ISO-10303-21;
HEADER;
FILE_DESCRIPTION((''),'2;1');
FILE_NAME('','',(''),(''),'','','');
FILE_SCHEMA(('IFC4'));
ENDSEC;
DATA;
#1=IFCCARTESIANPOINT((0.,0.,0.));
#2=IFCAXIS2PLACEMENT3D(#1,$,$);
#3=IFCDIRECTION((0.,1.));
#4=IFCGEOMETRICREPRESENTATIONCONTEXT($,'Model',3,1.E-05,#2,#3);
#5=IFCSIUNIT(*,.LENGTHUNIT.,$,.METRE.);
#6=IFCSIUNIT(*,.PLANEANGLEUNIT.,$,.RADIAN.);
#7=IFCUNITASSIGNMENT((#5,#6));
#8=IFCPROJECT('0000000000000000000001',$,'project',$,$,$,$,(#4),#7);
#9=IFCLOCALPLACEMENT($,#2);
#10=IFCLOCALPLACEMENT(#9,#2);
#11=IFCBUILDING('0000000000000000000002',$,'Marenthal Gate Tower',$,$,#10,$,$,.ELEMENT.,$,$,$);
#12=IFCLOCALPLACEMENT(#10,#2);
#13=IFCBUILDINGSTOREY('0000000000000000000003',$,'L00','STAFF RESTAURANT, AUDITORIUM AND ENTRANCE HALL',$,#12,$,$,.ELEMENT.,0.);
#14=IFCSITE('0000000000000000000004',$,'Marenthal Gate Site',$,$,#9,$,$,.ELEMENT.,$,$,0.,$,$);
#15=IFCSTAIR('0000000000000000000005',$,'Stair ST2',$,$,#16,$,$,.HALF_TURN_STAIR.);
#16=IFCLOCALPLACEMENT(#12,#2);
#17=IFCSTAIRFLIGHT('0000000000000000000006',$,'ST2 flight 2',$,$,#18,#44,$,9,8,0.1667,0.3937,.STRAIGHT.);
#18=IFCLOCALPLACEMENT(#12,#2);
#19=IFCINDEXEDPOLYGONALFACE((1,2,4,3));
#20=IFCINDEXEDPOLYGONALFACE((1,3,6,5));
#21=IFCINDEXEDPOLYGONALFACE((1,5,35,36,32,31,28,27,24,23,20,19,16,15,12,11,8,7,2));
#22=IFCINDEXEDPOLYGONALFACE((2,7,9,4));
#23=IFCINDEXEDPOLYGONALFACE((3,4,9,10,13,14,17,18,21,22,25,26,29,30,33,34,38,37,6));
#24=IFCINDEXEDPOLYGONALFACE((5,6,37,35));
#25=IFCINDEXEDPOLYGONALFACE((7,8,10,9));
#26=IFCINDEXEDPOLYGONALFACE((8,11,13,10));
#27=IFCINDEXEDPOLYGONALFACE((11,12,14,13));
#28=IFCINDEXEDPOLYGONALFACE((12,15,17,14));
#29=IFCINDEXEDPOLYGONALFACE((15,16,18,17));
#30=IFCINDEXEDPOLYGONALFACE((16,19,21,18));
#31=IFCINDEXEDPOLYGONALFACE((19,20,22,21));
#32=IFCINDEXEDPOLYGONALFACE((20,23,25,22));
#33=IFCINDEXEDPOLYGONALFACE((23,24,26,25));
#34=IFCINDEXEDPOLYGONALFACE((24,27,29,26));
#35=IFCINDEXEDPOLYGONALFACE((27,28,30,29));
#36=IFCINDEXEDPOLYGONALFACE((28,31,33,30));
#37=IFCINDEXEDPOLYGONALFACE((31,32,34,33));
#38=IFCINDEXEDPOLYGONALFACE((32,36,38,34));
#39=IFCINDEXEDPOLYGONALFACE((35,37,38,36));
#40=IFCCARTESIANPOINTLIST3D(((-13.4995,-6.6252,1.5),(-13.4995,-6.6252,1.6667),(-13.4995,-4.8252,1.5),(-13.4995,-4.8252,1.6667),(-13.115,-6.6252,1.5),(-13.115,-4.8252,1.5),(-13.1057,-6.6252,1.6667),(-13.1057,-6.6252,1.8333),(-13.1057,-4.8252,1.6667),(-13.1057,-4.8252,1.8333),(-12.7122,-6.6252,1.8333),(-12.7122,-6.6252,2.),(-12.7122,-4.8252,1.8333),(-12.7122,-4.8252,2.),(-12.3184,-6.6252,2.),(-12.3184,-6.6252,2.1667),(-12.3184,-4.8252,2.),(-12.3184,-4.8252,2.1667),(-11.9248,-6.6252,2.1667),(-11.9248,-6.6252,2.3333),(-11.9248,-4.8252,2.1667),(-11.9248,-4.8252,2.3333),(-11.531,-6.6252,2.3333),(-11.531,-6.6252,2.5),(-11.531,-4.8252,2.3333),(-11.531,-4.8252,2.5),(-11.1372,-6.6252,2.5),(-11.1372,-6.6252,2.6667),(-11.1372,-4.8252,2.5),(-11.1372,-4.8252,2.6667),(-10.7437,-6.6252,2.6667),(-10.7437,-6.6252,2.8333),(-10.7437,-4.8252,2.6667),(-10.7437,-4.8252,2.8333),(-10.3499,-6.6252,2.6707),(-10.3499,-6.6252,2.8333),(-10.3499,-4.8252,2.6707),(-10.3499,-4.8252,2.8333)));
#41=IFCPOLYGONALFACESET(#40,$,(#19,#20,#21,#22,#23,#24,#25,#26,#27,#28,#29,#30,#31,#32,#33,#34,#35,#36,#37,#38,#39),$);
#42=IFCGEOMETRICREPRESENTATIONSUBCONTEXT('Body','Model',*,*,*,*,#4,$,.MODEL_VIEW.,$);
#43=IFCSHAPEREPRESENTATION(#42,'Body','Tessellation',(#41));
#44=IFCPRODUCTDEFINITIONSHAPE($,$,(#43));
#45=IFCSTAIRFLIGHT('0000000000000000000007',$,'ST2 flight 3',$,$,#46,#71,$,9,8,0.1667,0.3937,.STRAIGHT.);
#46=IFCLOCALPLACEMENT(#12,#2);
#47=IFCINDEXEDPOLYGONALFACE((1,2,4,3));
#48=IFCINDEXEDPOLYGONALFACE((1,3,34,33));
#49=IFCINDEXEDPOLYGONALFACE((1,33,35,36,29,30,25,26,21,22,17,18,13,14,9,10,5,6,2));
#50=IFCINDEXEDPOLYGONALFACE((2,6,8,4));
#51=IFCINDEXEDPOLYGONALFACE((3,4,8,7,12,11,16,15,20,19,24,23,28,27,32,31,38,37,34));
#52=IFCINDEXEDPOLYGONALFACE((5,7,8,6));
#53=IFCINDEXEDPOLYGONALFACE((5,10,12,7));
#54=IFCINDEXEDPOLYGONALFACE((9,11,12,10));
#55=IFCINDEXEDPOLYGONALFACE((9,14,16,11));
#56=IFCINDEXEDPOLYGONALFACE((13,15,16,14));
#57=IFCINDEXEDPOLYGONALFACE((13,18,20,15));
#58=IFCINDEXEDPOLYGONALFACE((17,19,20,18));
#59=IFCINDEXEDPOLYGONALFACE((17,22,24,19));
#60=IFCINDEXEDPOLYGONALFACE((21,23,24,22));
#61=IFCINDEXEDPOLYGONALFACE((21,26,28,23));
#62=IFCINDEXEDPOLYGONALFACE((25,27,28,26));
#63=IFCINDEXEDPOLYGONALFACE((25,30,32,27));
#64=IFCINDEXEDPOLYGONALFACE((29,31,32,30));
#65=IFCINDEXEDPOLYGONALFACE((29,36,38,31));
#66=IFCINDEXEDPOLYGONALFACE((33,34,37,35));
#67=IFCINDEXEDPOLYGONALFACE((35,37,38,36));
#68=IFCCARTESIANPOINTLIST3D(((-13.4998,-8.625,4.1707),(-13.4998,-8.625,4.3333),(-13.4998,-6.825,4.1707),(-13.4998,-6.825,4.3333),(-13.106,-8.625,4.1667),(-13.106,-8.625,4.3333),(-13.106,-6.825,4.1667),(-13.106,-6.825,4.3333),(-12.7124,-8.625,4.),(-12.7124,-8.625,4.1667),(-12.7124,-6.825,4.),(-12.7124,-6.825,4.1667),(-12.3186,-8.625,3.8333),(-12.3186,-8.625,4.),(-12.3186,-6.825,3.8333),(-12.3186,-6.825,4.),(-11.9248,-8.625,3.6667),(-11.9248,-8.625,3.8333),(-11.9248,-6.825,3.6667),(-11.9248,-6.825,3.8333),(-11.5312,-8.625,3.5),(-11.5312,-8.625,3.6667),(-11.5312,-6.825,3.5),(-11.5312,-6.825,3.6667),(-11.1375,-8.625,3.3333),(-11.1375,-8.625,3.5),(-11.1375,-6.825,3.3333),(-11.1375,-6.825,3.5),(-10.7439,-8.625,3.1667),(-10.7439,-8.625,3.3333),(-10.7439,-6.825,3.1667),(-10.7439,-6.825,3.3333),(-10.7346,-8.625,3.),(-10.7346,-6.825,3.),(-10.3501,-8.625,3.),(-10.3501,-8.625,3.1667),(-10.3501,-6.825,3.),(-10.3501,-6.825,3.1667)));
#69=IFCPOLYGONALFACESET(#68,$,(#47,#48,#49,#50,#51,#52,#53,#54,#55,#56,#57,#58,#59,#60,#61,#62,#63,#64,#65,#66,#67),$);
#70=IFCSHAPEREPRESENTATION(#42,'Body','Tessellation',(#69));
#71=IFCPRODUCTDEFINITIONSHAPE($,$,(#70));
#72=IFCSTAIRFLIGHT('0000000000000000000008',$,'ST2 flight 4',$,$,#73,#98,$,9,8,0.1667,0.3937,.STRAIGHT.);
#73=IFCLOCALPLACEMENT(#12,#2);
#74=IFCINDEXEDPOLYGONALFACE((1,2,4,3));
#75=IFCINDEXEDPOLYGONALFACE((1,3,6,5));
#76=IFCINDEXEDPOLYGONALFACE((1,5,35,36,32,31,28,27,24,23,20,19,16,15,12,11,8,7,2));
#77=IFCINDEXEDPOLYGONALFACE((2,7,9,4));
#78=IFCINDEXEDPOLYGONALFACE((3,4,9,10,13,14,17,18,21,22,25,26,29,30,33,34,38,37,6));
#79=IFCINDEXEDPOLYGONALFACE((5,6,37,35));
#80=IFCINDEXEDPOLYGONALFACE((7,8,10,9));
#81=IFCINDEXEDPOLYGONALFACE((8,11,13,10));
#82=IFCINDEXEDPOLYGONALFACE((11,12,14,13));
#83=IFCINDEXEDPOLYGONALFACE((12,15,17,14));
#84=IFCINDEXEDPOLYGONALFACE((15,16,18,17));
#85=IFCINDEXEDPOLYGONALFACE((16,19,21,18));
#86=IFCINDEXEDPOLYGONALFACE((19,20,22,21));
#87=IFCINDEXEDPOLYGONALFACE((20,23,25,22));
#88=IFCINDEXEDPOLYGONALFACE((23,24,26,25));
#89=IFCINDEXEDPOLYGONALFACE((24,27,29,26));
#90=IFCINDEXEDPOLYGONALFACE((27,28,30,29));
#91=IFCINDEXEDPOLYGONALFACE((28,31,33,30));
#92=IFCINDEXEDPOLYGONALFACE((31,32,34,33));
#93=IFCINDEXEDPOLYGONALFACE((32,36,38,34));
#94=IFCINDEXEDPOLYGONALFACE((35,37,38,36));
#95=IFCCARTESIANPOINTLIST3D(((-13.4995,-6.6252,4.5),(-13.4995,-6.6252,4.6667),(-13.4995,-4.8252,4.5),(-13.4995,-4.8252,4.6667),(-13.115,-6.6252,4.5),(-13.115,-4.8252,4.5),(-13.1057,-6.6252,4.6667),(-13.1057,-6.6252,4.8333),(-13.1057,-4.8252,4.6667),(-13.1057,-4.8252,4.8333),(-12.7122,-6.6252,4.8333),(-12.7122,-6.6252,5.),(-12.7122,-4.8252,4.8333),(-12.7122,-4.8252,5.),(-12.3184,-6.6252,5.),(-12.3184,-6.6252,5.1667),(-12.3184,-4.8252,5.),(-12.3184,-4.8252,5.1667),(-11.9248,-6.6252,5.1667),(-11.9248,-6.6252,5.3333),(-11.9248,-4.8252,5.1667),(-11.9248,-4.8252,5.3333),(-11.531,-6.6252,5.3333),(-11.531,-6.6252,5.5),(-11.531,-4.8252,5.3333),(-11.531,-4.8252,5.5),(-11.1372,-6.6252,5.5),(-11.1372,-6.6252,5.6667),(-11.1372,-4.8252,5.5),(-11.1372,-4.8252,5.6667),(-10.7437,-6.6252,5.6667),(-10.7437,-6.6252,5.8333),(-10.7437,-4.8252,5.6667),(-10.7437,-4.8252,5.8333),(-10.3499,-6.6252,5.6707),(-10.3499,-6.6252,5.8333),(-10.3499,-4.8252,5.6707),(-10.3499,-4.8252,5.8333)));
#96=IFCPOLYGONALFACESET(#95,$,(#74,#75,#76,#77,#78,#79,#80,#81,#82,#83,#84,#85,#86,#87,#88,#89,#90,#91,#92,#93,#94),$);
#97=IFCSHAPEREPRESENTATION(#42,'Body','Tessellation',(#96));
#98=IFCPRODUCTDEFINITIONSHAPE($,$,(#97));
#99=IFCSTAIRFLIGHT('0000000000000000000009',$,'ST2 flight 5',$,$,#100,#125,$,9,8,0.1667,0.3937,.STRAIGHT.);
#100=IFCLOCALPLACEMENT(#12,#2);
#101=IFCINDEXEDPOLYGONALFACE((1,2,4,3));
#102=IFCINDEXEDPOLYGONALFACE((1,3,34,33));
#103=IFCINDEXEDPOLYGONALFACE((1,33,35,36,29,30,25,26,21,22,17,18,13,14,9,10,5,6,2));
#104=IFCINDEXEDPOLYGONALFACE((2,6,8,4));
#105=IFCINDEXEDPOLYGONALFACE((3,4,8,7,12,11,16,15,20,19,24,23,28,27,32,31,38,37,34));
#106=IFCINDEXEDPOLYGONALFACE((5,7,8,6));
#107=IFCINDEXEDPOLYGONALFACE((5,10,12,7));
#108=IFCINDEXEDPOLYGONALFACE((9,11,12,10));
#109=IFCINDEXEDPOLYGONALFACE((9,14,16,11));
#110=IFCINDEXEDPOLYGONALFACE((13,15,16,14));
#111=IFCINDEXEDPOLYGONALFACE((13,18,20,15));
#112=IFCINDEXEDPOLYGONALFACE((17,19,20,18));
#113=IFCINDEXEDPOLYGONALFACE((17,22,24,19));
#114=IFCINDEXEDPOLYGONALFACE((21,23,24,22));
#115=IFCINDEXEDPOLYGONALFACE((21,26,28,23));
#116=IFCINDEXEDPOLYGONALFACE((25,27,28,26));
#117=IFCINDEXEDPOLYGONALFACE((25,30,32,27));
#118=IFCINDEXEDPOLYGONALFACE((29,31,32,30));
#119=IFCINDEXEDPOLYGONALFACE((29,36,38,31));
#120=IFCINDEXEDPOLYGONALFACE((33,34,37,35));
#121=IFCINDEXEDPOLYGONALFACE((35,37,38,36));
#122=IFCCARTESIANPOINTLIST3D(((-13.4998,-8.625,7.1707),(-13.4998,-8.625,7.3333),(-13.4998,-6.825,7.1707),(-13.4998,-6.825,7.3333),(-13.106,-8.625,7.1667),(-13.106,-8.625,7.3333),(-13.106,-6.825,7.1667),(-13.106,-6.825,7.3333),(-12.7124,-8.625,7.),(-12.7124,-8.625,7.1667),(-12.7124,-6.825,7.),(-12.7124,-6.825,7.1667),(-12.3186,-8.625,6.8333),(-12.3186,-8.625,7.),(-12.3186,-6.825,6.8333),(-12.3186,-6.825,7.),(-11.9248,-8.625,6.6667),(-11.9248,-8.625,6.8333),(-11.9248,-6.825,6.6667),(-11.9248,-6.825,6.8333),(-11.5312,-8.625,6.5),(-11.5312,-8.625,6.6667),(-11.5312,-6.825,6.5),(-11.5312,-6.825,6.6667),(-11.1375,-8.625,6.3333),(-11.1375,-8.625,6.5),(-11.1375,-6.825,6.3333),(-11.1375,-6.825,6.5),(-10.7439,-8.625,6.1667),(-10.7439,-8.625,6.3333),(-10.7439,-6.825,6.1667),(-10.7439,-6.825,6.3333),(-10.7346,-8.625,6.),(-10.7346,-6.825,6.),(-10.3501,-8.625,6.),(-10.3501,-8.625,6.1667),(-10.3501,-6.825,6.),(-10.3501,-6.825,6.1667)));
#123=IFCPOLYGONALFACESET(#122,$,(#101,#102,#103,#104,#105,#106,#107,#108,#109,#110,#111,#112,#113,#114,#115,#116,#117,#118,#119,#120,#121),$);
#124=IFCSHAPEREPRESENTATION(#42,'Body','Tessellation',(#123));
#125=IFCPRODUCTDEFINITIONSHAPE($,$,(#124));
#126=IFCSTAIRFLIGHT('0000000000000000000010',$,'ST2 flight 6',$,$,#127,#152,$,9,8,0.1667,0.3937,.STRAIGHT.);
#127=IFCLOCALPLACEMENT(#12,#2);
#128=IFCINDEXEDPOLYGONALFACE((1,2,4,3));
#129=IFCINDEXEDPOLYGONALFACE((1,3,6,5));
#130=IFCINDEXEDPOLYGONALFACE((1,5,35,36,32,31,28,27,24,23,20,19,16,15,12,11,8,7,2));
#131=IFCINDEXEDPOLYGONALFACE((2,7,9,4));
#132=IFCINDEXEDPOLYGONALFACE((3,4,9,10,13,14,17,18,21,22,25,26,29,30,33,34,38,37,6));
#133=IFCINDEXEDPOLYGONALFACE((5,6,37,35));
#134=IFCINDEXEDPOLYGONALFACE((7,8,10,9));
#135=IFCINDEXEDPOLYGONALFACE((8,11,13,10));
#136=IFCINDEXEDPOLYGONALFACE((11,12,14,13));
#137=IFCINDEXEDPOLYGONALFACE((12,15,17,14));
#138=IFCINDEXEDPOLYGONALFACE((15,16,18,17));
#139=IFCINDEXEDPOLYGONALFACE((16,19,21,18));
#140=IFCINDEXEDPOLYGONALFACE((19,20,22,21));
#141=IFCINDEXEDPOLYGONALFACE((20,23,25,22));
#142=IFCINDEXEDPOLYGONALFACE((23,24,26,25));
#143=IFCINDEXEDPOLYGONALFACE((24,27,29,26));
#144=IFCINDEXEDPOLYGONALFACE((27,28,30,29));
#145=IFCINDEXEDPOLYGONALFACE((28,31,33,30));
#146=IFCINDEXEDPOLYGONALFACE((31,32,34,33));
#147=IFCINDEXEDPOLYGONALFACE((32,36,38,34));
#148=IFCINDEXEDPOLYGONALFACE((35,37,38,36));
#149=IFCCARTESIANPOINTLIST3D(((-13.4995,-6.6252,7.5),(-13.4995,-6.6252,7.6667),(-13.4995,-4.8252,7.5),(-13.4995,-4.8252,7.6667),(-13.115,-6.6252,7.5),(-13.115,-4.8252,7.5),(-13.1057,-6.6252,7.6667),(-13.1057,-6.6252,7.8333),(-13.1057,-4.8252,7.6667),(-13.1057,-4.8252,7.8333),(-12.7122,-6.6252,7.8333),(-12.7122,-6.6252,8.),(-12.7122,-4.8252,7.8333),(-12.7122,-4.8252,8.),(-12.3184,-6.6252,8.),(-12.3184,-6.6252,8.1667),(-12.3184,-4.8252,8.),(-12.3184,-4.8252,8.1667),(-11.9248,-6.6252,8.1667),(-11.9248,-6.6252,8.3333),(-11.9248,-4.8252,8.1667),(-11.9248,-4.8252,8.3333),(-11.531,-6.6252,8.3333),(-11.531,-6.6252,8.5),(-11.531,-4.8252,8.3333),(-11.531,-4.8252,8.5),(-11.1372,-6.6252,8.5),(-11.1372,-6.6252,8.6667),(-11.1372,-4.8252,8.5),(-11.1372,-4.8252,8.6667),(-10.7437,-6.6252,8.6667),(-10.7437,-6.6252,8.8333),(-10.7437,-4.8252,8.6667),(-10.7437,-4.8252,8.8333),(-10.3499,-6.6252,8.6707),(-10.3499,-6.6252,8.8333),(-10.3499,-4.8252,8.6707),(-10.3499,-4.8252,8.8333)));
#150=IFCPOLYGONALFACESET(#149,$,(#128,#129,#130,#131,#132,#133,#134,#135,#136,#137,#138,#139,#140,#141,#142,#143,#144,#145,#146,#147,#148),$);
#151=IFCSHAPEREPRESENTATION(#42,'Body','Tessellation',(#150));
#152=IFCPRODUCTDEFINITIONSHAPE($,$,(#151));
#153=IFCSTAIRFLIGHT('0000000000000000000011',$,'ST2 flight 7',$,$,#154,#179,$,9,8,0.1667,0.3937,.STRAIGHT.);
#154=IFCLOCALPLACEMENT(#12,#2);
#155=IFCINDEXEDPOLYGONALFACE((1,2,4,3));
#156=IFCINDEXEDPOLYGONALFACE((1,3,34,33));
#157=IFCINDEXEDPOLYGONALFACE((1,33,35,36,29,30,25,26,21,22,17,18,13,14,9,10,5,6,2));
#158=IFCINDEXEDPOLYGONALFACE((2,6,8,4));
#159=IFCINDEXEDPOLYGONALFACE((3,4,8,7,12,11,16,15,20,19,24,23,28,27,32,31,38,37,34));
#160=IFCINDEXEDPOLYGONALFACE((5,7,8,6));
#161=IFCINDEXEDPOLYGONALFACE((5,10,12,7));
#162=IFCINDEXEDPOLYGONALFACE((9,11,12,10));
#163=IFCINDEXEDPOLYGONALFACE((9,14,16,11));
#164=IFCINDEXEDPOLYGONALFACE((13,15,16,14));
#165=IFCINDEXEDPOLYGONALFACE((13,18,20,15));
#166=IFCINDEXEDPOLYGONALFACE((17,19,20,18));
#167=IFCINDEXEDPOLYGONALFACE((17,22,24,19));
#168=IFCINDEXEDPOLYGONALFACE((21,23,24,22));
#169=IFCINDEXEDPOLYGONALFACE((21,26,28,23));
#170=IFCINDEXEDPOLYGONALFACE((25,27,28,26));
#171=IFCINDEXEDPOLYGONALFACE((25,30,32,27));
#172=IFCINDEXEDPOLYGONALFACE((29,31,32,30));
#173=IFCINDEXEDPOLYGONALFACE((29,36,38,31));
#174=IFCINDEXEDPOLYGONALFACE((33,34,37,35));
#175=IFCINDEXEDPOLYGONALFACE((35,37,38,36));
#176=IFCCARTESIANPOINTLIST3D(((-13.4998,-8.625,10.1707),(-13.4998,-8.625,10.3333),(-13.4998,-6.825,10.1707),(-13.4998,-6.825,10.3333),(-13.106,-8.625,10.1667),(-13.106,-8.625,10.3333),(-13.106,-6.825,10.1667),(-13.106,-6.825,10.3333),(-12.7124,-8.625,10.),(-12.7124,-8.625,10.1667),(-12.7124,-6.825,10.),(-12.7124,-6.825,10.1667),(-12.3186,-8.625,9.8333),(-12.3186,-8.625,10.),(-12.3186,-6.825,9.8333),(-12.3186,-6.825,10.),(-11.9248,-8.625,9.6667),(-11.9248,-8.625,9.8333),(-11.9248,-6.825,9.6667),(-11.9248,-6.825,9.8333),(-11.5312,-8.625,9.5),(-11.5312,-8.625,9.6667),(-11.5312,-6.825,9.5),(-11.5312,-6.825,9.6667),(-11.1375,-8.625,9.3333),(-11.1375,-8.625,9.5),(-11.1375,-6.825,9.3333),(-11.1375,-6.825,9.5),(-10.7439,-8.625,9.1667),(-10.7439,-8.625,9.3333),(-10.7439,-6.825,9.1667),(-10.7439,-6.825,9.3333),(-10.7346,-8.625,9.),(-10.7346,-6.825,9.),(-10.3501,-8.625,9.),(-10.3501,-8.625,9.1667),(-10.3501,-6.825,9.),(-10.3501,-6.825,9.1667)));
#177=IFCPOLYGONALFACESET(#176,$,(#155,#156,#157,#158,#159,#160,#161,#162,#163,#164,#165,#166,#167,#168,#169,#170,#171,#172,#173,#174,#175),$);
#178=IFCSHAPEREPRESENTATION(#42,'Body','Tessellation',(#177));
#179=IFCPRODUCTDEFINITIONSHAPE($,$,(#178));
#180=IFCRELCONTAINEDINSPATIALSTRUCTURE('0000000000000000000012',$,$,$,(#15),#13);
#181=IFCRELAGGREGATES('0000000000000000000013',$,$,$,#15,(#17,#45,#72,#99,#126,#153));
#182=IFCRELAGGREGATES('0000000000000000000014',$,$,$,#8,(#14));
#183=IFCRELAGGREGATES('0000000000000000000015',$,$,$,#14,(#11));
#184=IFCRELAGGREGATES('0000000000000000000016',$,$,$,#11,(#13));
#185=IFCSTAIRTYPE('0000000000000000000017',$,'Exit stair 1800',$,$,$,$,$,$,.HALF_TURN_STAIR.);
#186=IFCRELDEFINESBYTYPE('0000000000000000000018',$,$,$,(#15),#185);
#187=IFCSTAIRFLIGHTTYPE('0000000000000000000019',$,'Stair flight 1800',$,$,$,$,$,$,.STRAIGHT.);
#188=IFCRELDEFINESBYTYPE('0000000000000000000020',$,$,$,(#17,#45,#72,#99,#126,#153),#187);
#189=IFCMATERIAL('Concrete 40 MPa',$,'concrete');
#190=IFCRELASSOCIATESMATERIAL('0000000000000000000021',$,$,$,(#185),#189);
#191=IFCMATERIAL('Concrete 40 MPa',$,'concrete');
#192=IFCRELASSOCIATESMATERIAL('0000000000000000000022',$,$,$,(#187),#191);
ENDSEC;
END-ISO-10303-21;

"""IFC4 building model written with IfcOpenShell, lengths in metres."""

from ifc_helpers import new_model, si_unit, direction, frame, origin, place, context, subcontext, project, spatial, polyline, outline, extrude, material, type_object, element, aggregate, save


model = new_model("IFC4")

# Units and contexts
model_context = context("Model", 3, precision=1e-05, world=origin(), true_north=direction((0.0, 1.0)))
body_context = subcontext(model_context, "Body", "Model", "MODEL_VIEW")
ifc_project = project(units=[si_unit("LENGTHUNIT", "METRE"), si_unit("PLANEANGLEUNIT", "RADIAN")], contexts=[model_context])

# Site, building, storey
site_placement = place(None, origin())
site = spatial("IfcSite", under=ifc_project, at=site_placement, Name="Marenthal Gate Site", CompositionType="ELEMENT", RefElevation=0.0)
building_placement = place(site_placement, origin())
building = spatial("IfcBuilding", under=site, at=building_placement, Name="Marenthal Gate Tower", CompositionType="ELEMENT")
storey_placement = place(building_placement, origin())
storey = spatial("IfcBuildingStorey", under=building, at=storey_placement, Name="L00", Description="STAFF RESTAURANT, AUDITORIUM AND ENTRANCE HALL", CompositionType="ELEMENT", Elevation=0.0)

# Stair, stair flights
ifc_material_1 = material(Name="Concrete 40 MPa", Category="concrete")
stair_type = type_object("IfcStairType", Name="Exit stair 1800", PredefinedType="HALF_TURN_STAIR", material=ifc_material_1)
stair_placement = place(storey_placement, origin())
stair = element("IfcStair", 1, at=stair_placement, inside=storey, type_object=stair_type, Name="Stair ST2", PredefinedType="HALF_TURN_STAIR")
ifc_material_2 = material(Name="Concrete 40 MPa", Category="concrete")
stair_flight_type = type_object("IfcStairFlightType", Name="Stair flight 1800", PredefinedType="STRAIGHT", material=ifc_material_2)
stair_flight_1_placement = place(storey_placement, frame((-13.4995, -5.7251, 1.5), z_axis=(0.0, 0.0, 1.0), x_axis=(1.0, 0.0, 0.0)))
stair_flight_1 = element("IfcStairFlight", 2, at=stair_flight_1_placement, type_object=stair_flight_type, Name="ST2 flight 2", NumberOfRisers=9, NumberOfTreads=8, PredefinedType="STRAIGHT", RiserHeight=0.1667, TreadLength=0.3937, context=body_context, shape_type="SweptSolid", body=[
    extrude(outline(polyline([(0.0, 0.0), (0.0, 0.1667), (0.3938, 0.1667), (0.3938, 0.3333), (0.7874, 0.3333), (0.7874, 0.5), (1.1812, 0.5), (1.1812, 0.6667), (1.5747, 0.6667), (1.5747, 0.8333), (1.9685, 0.8333), (1.9685, 1.0), (2.3623, 1.0), (2.3623, 1.1667), (2.7559, 1.1667), (2.7559, 1.3333), (3.1497, 1.3333), (3.1497, 1.5), (3.1497, 1.1707), (0.3845, 0.0), (0.0, 0.0)])), frame((0.0, 0.8999, 0.0), z_axis=(0.0, -1.0, 0.0), x_axis=(1.0, 0.0, 0.0)), (0.0, 0.0, 1.0), 1.8),
])
stair_flight_2_placement = place(storey_placement, frame((-10.3501, -7.7251, 3.0), z_axis=(0.0, 0.0, 1.0), x_axis=(-1.0, 0.0, 0.0)))
stair_flight_2 = element("IfcStairFlight", 3, at=stair_flight_2_placement, type_object=stair_flight_type, Name="ST2 flight 3", NumberOfRisers=9, NumberOfTreads=8, PredefinedType="STRAIGHT", RiserHeight=0.1667, TreadLength=0.3937, context=body_context, shape_type="SweptSolid", body=[
    extrude(outline(polyline([(0.0, 0.0), (0.0, 0.1667), (0.3938, 0.1667), (0.3938, 0.3333), (0.7874, 0.3333), (0.7874, 0.5), (1.1812, 0.5), (1.1812, 0.6667), (1.5747, 0.6667), (1.5747, 0.8333), (1.9685, 0.8333), (1.9685, 1.0), (2.3623, 1.0), (2.3623, 1.1667), (2.7559, 1.1667), (2.7559, 1.3333), (3.1497, 1.3333), (3.1497, 1.5), (3.1497, 1.1707), (0.3845, 0.0), (0.0, 0.0)])), frame((0.0, 0.8999, 0.0), z_axis=(0.0, -1.0, 0.0), x_axis=(1.0, 0.0, 0.0)), (0.0, 0.0, 1.0), 1.8),
])
stair_flight_3_placement = place(storey_placement, frame((-13.4995, -5.7251, 4.5), z_axis=(0.0, 0.0, 1.0), x_axis=(1.0, 0.0, 0.0)))
stair_flight_3 = element("IfcStairFlight", 4, at=stair_flight_3_placement, type_object=stair_flight_type, Name="ST2 flight 4", NumberOfRisers=9, NumberOfTreads=8, PredefinedType="STRAIGHT", RiserHeight=0.1667, TreadLength=0.3937, context=body_context, shape_type="SweptSolid", body=[
    extrude(outline(polyline([(0.0, 0.0), (0.0, 0.1667), (0.3938, 0.1667), (0.3938, 0.3333), (0.7874, 0.3333), (0.7874, 0.5), (1.1812, 0.5), (1.1812, 0.6667), (1.5747, 0.6667), (1.5747, 0.8333), (1.9685, 0.8333), (1.9685, 1.0), (2.3623, 1.0), (2.3623, 1.1667), (2.7559, 1.1667), (2.7559, 1.3333), (3.1497, 1.3333), (3.1497, 1.5), (3.1497, 1.1707), (0.3845, 0.0), (0.0, 0.0)])), frame((0.0, 0.8999, 0.0), z_axis=(0.0, -1.0, 0.0), x_axis=(1.0, 0.0, 0.0)), (0.0, 0.0, 1.0), 1.8),
])
stair_flight_4_placement = place(storey_placement, frame((-10.3501, -7.7251, 6.0), z_axis=(0.0, 0.0, 1.0), x_axis=(-1.0, 0.0, 0.0)))
stair_flight_4 = element("IfcStairFlight", 5, at=stair_flight_4_placement, type_object=stair_flight_type, Name="ST2 flight 5", NumberOfRisers=9, NumberOfTreads=8, PredefinedType="STRAIGHT", RiserHeight=0.1667, TreadLength=0.3937, context=body_context, shape_type="SweptSolid", body=[
    extrude(outline(polyline([(0.0, 0.0), (0.0, 0.1667), (0.3938, 0.1667), (0.3938, 0.3333), (0.7874, 0.3333), (0.7874, 0.5), (1.1812, 0.5), (1.1812, 0.6667), (1.5747, 0.6667), (1.5747, 0.8333), (1.9685, 0.8333), (1.9685, 1.0), (2.3623, 1.0), (2.3623, 1.1667), (2.7559, 1.1667), (2.7559, 1.3333), (3.1497, 1.3333), (3.1497, 1.5), (3.1497, 1.1707), (0.3845, 0.0), (0.0, 0.0)])), frame((0.0, 0.8999, 0.0), z_axis=(0.0, -1.0, 0.0), x_axis=(1.0, 0.0, 0.0)), (0.0, 0.0, 1.0), 1.8),
])
stair_flight_5_placement = place(storey_placement, frame((-13.4995, -5.7251, 7.5), z_axis=(0.0, 0.0, 1.0), x_axis=(1.0, 0.0, 0.0)))
stair_flight_5 = element("IfcStairFlight", 6, at=stair_flight_5_placement, type_object=stair_flight_type, Name="ST2 flight 6", NumberOfRisers=9, NumberOfTreads=8, PredefinedType="STRAIGHT", RiserHeight=0.1667, TreadLength=0.3937, context=body_context, shape_type="SweptSolid", body=[
    extrude(outline(polyline([(0.0, 0.0), (0.0, 0.1667), (0.3938, 0.1667), (0.3938, 0.3333), (0.7874, 0.3333), (0.7874, 0.5), (1.1812, 0.5), (1.1812, 0.6667), (1.5747, 0.6667), (1.5747, 0.8333), (1.9685, 0.8333), (1.9685, 1.0), (2.3623, 1.0), (2.3623, 1.1667), (2.7559, 1.1667), (2.7559, 1.3333), (3.1497, 1.3333), (3.1497, 1.5), (3.1497, 1.1707), (0.3845, 0.0), (0.0, 0.0)])), frame((0.0, 0.8999, 0.0), z_axis=(0.0, -1.0, 0.0), x_axis=(1.0, 0.0, 0.0)), (0.0, 0.0, 1.0), 1.8),
])
stair_flight_6_placement = place(storey_placement, frame((-10.3501, -7.7251, 9.0), z_axis=(0.0, 0.0, 1.0), x_axis=(-1.0, 0.0, 0.0)))
stair_flight_6 = element("IfcStairFlight", 7, at=stair_flight_6_placement, type_object=stair_flight_type, Name="ST2 flight 7", NumberOfRisers=9, NumberOfTreads=8, PredefinedType="STRAIGHT", RiserHeight=0.1667, TreadLength=0.3937, context=body_context, shape_type="SweptSolid", body=[
    extrude(outline(polyline([(0.0, 0.0), (0.0, 0.1667), (0.3938, 0.1667), (0.3938, 0.3333), (0.7874, 0.3333), (0.7874, 0.5), (1.1812, 0.5), (1.1812, 0.6667), (1.5747, 0.6667), (1.5747, 0.8333), (1.9685, 0.8333), (1.9685, 1.0), (2.3623, 1.0), (2.3623, 1.1667), (2.7559, 1.1667), (2.7559, 1.3333), (3.1497, 1.3333), (3.1497, 1.5), (3.1497, 1.1707), (0.3845, 0.0), (0.0, 0.0)])), frame((0.0, 0.8999, 0.0), z_axis=(0.0, -1.0, 0.0), x_axis=(1.0, 0.0, 0.0)), (0.0, 0.0, 1.0), 1.8),
])
aggregate(stair, [stair_flight_1, stair_flight_2, stair_flight_3, stair_flight_4, stair_flight_5, stair_flight_6])

save(model, "model.ifc")
